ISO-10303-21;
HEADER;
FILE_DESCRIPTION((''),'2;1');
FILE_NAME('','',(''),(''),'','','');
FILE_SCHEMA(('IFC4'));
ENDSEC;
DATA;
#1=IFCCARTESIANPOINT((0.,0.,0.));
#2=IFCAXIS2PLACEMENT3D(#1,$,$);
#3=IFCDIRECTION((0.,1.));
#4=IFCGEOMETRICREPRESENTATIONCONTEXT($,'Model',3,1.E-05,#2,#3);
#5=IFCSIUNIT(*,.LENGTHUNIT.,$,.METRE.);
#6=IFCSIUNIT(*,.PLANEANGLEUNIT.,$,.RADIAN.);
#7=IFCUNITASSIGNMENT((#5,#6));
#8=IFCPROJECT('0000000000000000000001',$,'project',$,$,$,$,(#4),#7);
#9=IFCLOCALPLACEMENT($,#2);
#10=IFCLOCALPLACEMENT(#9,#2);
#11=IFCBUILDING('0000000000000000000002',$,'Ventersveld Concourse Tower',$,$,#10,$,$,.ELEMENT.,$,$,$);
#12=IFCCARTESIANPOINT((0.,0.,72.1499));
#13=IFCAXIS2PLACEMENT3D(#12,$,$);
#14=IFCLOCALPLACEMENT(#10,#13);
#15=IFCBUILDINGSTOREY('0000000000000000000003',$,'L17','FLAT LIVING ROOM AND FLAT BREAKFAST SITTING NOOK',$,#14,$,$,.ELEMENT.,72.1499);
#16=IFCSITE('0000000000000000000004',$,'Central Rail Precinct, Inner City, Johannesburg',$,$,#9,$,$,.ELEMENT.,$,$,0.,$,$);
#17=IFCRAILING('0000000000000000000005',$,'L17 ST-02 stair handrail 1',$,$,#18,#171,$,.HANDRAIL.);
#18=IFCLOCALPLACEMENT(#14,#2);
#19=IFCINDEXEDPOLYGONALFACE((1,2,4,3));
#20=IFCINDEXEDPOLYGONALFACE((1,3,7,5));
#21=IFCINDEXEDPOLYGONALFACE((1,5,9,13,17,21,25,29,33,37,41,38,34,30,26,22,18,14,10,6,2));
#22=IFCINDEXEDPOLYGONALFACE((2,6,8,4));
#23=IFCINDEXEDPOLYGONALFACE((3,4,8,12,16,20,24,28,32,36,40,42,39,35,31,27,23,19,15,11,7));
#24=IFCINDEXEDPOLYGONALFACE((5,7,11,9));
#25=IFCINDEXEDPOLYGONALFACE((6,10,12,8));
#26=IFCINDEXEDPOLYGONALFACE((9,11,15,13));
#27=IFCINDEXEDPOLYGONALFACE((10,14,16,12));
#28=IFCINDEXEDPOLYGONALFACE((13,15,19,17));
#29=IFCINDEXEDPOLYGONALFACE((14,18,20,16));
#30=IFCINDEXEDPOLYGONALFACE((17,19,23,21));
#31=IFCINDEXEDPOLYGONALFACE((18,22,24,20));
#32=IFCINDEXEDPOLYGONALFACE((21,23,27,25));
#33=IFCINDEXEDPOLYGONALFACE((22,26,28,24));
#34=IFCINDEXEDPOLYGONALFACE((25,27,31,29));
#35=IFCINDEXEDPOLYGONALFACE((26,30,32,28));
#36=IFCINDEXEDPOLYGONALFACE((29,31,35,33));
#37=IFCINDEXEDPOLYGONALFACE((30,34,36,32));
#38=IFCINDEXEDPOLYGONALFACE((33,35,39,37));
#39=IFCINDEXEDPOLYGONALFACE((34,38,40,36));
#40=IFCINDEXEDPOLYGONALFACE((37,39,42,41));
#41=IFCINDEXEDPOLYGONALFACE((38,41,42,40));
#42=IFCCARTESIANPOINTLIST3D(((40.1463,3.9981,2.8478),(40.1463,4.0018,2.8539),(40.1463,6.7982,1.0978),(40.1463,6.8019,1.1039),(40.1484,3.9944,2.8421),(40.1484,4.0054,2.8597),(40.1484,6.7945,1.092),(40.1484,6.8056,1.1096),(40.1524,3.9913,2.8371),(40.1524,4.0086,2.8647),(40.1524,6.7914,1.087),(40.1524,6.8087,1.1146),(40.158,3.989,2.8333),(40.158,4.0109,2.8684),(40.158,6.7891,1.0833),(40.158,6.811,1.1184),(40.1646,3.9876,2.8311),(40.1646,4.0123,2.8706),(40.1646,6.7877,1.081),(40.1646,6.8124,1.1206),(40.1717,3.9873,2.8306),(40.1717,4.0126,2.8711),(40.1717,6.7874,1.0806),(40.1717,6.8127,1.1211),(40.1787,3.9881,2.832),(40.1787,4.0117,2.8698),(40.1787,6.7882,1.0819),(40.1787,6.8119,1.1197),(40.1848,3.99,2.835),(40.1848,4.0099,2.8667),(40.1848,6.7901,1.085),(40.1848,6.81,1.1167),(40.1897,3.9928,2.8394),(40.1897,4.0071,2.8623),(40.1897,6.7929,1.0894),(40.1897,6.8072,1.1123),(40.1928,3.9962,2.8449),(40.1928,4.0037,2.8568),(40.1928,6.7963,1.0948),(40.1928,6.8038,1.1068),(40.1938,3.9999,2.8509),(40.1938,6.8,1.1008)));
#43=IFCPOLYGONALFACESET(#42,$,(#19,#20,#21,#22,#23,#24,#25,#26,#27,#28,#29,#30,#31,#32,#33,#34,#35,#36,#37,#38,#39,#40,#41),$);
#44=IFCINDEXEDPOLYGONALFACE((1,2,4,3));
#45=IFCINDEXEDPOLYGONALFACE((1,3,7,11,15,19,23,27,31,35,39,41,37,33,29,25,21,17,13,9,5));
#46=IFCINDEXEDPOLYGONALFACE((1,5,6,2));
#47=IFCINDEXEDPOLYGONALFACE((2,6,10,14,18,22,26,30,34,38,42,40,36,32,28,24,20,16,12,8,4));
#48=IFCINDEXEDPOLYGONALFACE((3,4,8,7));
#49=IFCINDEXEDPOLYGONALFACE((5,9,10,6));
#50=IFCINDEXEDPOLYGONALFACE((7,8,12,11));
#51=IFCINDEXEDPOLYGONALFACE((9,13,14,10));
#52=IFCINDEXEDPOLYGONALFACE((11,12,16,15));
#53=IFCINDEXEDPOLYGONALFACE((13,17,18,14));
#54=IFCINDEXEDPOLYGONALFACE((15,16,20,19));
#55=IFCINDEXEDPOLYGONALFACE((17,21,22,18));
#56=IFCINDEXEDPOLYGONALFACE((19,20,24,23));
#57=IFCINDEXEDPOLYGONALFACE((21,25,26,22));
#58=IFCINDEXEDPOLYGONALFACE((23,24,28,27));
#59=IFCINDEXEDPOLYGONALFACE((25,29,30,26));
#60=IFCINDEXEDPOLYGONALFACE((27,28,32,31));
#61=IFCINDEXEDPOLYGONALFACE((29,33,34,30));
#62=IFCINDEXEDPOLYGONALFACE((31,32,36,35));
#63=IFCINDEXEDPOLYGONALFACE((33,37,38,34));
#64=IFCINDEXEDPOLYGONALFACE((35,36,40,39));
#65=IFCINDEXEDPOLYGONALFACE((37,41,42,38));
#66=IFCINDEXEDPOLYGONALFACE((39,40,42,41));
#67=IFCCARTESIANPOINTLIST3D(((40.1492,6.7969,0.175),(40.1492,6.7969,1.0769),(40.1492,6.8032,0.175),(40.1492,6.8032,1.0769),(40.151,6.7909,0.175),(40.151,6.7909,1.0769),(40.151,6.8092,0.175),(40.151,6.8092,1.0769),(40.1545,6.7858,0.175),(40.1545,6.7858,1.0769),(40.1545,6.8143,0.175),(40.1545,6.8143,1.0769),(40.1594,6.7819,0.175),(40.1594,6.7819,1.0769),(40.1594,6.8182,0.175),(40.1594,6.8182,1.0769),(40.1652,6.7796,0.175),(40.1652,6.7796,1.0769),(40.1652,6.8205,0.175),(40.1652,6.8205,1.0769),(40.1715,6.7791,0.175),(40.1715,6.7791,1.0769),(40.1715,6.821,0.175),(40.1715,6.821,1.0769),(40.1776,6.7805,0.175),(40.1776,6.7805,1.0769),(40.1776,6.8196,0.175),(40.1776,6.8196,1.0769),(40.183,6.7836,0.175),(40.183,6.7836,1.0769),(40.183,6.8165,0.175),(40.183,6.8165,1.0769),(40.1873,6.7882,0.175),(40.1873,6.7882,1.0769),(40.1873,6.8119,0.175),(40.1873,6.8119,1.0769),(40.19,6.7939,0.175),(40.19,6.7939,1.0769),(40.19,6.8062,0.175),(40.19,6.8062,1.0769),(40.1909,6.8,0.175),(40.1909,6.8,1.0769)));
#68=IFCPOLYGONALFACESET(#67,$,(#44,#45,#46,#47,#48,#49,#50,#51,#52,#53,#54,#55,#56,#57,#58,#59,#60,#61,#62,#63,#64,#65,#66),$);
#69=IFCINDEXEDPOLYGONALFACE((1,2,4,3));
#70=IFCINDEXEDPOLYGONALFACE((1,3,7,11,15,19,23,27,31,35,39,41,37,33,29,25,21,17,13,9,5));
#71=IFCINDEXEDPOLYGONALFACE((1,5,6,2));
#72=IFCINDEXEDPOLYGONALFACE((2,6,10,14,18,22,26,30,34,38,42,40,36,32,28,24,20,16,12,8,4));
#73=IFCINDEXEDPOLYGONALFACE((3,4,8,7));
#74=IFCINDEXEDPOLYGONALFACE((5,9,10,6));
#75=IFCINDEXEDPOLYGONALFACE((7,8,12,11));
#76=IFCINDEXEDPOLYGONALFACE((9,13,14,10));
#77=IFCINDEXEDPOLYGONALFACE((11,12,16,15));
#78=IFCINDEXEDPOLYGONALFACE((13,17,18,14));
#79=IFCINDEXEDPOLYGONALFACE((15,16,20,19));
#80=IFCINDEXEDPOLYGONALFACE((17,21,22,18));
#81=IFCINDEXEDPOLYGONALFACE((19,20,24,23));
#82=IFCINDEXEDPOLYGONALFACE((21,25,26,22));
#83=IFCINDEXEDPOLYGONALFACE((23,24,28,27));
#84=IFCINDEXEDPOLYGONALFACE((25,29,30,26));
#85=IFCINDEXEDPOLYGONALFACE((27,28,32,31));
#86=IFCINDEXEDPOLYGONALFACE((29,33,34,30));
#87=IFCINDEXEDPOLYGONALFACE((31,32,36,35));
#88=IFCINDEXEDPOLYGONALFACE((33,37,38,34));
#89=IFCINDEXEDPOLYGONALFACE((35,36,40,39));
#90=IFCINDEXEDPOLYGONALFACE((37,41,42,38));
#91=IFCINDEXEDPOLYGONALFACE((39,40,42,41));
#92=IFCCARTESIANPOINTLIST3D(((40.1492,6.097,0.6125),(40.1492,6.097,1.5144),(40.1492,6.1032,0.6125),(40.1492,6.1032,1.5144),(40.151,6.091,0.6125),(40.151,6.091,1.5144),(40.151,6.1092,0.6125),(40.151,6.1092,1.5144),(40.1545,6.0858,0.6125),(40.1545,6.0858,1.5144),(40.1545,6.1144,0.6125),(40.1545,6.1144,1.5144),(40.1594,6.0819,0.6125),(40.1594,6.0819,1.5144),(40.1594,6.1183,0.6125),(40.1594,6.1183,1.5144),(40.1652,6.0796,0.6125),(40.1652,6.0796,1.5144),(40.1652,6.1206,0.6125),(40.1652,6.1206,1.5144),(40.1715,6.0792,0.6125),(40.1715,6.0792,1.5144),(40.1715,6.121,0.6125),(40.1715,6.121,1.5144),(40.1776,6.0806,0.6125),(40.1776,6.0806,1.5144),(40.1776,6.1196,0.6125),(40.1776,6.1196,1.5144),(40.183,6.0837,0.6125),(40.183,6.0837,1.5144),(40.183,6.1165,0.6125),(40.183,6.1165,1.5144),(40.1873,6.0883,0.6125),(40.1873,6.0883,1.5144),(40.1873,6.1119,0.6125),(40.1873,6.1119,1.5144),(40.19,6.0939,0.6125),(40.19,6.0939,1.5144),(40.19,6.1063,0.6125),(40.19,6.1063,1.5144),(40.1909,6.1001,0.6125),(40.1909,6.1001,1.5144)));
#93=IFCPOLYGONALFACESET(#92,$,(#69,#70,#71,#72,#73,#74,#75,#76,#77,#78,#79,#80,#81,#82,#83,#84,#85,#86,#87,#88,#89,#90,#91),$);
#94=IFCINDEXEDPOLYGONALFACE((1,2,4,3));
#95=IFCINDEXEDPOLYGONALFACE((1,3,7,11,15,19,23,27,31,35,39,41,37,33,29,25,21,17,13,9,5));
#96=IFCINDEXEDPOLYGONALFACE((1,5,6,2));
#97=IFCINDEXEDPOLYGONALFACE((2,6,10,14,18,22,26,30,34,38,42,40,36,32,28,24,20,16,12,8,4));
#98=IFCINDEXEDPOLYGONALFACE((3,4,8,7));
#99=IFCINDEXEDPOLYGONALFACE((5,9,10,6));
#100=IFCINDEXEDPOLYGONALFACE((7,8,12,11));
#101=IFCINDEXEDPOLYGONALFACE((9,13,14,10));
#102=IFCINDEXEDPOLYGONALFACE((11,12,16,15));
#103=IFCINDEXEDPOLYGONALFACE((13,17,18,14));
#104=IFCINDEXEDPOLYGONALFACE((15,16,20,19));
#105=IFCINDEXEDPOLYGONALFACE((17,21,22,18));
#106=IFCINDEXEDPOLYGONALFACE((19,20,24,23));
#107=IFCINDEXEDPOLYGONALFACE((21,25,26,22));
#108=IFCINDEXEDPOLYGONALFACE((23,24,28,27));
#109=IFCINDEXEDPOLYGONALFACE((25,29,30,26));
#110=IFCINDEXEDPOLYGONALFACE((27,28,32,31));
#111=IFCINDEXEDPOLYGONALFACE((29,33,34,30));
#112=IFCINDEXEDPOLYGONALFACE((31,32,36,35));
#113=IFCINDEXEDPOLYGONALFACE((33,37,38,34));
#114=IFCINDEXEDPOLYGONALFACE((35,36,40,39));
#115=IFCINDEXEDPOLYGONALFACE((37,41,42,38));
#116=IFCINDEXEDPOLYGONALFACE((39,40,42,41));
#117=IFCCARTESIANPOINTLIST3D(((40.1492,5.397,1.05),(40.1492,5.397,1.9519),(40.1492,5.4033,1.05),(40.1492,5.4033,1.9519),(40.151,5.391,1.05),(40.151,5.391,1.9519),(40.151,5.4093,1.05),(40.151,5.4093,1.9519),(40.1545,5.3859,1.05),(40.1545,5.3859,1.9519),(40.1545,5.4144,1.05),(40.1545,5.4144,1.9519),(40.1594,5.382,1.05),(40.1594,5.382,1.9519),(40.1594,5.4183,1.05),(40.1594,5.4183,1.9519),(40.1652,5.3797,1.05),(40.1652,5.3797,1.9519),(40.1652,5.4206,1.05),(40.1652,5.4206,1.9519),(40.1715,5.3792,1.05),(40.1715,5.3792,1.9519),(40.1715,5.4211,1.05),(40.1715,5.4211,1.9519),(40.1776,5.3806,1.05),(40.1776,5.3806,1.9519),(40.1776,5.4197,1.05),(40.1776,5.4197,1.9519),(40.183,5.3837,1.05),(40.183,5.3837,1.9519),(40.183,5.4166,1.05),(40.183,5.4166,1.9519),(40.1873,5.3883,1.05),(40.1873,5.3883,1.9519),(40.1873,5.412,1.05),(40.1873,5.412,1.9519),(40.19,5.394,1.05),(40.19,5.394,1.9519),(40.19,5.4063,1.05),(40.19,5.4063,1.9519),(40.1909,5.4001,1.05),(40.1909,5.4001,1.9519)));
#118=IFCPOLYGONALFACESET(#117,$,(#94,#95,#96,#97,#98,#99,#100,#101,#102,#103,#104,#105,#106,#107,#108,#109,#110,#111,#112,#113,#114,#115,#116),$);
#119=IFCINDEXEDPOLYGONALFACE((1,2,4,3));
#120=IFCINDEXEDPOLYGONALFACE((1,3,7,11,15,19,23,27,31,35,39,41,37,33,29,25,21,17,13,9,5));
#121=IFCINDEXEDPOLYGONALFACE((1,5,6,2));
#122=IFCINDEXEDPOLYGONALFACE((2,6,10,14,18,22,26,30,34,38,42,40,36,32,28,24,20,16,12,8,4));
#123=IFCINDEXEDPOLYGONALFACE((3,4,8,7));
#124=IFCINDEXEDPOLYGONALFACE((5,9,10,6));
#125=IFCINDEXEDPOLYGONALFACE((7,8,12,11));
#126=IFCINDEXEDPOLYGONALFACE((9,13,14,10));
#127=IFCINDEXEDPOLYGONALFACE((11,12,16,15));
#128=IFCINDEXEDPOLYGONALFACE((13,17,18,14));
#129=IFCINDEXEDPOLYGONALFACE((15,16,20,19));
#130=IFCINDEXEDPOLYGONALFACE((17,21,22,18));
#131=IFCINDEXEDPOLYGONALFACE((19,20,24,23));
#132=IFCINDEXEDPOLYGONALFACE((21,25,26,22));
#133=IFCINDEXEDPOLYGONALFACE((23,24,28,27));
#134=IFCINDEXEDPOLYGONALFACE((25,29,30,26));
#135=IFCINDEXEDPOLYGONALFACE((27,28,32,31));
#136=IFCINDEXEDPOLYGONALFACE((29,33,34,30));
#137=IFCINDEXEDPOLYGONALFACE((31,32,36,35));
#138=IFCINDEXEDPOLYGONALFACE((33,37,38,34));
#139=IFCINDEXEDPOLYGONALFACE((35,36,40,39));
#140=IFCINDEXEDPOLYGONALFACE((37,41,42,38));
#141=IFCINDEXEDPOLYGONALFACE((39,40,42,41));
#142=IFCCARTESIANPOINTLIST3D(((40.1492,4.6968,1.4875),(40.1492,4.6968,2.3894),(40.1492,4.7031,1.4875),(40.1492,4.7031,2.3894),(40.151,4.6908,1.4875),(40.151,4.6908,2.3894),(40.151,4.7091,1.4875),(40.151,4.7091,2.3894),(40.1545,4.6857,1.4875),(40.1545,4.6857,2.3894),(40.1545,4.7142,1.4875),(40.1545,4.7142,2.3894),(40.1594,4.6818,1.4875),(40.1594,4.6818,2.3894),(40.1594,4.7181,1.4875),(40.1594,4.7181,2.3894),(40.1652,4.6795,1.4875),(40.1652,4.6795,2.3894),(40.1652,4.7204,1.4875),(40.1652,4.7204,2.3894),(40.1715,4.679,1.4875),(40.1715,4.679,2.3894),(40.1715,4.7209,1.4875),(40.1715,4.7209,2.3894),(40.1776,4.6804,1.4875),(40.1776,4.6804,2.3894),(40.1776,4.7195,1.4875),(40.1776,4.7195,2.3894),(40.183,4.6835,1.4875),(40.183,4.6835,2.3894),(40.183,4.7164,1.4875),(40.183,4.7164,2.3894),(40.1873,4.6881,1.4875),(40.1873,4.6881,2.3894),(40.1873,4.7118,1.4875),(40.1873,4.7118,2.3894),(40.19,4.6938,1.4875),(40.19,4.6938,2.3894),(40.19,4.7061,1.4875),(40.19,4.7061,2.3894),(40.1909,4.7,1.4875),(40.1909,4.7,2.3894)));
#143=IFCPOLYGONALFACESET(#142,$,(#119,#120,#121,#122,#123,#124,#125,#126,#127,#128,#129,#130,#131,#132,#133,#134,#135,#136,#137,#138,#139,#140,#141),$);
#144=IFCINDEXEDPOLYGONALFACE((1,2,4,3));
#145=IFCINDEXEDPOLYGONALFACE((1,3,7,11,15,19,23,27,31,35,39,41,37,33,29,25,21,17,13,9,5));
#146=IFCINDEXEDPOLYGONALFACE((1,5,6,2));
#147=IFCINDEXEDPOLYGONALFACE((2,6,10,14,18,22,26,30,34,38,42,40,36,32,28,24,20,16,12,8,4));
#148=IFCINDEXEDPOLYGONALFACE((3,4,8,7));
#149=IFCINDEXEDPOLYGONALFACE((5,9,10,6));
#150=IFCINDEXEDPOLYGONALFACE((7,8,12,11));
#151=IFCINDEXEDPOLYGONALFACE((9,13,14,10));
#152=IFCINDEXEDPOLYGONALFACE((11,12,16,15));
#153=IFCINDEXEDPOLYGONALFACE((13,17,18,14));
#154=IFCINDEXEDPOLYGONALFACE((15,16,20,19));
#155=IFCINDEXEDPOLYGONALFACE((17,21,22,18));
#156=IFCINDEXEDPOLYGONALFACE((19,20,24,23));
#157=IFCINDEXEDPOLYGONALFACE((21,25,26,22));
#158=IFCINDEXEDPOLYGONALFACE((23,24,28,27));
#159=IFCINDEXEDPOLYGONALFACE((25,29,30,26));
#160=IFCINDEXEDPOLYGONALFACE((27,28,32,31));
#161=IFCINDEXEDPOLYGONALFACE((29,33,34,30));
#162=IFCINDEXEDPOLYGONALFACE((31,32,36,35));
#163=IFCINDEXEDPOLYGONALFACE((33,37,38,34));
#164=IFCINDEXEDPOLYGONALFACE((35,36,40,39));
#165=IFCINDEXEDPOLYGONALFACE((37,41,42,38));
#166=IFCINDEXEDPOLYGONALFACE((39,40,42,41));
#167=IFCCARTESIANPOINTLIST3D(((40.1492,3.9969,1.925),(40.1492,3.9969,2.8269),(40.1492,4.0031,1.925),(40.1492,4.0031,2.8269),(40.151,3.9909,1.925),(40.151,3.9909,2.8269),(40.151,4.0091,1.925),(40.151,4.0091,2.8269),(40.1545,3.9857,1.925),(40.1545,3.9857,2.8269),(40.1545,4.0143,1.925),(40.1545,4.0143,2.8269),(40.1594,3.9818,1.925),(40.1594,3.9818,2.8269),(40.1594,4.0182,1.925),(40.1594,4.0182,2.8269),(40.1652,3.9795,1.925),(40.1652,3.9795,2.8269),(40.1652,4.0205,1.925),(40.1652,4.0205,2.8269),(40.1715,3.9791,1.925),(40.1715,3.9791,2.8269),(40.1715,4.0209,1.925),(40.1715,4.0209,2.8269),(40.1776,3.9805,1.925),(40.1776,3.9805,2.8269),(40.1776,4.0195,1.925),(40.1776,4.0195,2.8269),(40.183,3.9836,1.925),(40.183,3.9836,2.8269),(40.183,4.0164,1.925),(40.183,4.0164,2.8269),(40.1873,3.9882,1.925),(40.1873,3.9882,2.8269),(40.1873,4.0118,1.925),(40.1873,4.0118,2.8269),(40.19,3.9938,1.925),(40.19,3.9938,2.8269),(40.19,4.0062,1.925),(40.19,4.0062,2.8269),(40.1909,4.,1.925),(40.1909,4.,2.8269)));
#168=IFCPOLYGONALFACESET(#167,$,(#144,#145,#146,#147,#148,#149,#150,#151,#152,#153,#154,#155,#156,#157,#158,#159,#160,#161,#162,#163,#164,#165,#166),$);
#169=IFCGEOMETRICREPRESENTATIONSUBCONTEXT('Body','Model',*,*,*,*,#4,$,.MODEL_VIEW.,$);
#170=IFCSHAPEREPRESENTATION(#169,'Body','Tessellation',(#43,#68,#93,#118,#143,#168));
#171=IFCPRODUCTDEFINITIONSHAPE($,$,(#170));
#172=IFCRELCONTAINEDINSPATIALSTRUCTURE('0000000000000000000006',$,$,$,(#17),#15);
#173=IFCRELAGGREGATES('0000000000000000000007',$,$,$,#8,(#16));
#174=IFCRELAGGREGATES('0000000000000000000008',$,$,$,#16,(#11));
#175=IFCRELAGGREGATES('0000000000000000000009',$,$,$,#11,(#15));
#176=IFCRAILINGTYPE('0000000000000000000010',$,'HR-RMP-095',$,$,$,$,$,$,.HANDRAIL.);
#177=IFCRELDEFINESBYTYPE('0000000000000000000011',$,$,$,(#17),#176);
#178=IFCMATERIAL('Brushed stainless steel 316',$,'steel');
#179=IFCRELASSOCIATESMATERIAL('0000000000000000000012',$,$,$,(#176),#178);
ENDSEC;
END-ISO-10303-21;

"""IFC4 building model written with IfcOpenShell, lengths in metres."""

from ifc_helpers import new_model, si_unit, direction, frame, origin, origin_2d, place, context, subcontext, project, spatial, circle, extrude, material, type_object, element, save


model = new_model("IFC4")

# Units and contexts
model_context = context("Model", 3, precision=1e-05, world=origin(), true_north=direction((0.0, 1.0)))
body_context = subcontext(model_context, "Body", "Model", "MODEL_VIEW")
ifc_project = project(units=[si_unit("LENGTHUNIT", "METRE"), si_unit("PLANEANGLEUNIT", "RADIAN")], contexts=[model_context])

# Site, building, storey
site_placement = place(None, origin())
site = spatial("IfcSite", under=ifc_project, at=site_placement, Name="Central Rail Precinct, Inner City, Johannesburg", CompositionType="ELEMENT", RefElevation=0.0)
building_placement = place(site_placement, origin())
building = spatial("IfcBuilding", under=site, at=building_placement, Name="Ventersveld Concourse Tower", CompositionType="ELEMENT")
storey_placement = place(building_placement, frame((0.0, 0.0, 72.1499)))
storey = spatial("IfcBuildingStorey", under=building, at=storey_placement, Name="L17", Description="FLAT LIVING ROOM AND FLAT BREAKFAST SITTING NOOK", CompositionType="ELEMENT", Elevation=72.1499)

# Railing
ifc_material_1 = material(Name="Brushed stainless steel 316", Category="steel")
railing_type_1 = type_object("IfcRailingType", Name="HR-RMP-095", PredefinedType="HANDRAIL", material=ifc_material_1)
railing_1_placement = place(storey_placement, frame((40.1699, 6.8, 0.175)))
element("IfcRailing", 1, at=railing_1_placement, inside=storey, type_object=railing_type_1, Name="L17 ST-02 stair handrail 1", PredefinedType="HANDRAIL", context=body_context, shape_type="SweptSolid", body=[
    extrude(circle(Radius=0.0239, at=origin_2d()), frame((0.0, 0.0, 0.9258), z_axis=(0.0, -0.848002, 0.529992), x_axis=(1.0, 0.0, 0.0)), (0.0, 0.0, 1.0), 3.302),
    extrude(circle(Radius=0.021, at=origin_2d()), origin(), (0.0, 0.0, 1.0), 0.9019),
    extrude(circle(Radius=0.021, at=origin_2d()), frame((0.0, -0.7, 0.4375)), (0.0, 0.0, 1.0), 0.9019),
    extrude(circle(Radius=0.021, at=origin_2d()), frame((0.0, -1.3999, 0.875)), (0.0, 0.0, 1.0), 0.9019),
    extrude(circle(Radius=0.021, at=origin_2d()), frame((0.0, -2.1001, 1.3125)), (0.0, 0.0, 1.0), 0.9019),
    extrude(circle(Radius=0.021, at=origin_2d()), frame((0.0, -2.8, 1.75)), (0.0, 0.0, 1.0), 0.9019),
])

save(model, "model.ifc")
